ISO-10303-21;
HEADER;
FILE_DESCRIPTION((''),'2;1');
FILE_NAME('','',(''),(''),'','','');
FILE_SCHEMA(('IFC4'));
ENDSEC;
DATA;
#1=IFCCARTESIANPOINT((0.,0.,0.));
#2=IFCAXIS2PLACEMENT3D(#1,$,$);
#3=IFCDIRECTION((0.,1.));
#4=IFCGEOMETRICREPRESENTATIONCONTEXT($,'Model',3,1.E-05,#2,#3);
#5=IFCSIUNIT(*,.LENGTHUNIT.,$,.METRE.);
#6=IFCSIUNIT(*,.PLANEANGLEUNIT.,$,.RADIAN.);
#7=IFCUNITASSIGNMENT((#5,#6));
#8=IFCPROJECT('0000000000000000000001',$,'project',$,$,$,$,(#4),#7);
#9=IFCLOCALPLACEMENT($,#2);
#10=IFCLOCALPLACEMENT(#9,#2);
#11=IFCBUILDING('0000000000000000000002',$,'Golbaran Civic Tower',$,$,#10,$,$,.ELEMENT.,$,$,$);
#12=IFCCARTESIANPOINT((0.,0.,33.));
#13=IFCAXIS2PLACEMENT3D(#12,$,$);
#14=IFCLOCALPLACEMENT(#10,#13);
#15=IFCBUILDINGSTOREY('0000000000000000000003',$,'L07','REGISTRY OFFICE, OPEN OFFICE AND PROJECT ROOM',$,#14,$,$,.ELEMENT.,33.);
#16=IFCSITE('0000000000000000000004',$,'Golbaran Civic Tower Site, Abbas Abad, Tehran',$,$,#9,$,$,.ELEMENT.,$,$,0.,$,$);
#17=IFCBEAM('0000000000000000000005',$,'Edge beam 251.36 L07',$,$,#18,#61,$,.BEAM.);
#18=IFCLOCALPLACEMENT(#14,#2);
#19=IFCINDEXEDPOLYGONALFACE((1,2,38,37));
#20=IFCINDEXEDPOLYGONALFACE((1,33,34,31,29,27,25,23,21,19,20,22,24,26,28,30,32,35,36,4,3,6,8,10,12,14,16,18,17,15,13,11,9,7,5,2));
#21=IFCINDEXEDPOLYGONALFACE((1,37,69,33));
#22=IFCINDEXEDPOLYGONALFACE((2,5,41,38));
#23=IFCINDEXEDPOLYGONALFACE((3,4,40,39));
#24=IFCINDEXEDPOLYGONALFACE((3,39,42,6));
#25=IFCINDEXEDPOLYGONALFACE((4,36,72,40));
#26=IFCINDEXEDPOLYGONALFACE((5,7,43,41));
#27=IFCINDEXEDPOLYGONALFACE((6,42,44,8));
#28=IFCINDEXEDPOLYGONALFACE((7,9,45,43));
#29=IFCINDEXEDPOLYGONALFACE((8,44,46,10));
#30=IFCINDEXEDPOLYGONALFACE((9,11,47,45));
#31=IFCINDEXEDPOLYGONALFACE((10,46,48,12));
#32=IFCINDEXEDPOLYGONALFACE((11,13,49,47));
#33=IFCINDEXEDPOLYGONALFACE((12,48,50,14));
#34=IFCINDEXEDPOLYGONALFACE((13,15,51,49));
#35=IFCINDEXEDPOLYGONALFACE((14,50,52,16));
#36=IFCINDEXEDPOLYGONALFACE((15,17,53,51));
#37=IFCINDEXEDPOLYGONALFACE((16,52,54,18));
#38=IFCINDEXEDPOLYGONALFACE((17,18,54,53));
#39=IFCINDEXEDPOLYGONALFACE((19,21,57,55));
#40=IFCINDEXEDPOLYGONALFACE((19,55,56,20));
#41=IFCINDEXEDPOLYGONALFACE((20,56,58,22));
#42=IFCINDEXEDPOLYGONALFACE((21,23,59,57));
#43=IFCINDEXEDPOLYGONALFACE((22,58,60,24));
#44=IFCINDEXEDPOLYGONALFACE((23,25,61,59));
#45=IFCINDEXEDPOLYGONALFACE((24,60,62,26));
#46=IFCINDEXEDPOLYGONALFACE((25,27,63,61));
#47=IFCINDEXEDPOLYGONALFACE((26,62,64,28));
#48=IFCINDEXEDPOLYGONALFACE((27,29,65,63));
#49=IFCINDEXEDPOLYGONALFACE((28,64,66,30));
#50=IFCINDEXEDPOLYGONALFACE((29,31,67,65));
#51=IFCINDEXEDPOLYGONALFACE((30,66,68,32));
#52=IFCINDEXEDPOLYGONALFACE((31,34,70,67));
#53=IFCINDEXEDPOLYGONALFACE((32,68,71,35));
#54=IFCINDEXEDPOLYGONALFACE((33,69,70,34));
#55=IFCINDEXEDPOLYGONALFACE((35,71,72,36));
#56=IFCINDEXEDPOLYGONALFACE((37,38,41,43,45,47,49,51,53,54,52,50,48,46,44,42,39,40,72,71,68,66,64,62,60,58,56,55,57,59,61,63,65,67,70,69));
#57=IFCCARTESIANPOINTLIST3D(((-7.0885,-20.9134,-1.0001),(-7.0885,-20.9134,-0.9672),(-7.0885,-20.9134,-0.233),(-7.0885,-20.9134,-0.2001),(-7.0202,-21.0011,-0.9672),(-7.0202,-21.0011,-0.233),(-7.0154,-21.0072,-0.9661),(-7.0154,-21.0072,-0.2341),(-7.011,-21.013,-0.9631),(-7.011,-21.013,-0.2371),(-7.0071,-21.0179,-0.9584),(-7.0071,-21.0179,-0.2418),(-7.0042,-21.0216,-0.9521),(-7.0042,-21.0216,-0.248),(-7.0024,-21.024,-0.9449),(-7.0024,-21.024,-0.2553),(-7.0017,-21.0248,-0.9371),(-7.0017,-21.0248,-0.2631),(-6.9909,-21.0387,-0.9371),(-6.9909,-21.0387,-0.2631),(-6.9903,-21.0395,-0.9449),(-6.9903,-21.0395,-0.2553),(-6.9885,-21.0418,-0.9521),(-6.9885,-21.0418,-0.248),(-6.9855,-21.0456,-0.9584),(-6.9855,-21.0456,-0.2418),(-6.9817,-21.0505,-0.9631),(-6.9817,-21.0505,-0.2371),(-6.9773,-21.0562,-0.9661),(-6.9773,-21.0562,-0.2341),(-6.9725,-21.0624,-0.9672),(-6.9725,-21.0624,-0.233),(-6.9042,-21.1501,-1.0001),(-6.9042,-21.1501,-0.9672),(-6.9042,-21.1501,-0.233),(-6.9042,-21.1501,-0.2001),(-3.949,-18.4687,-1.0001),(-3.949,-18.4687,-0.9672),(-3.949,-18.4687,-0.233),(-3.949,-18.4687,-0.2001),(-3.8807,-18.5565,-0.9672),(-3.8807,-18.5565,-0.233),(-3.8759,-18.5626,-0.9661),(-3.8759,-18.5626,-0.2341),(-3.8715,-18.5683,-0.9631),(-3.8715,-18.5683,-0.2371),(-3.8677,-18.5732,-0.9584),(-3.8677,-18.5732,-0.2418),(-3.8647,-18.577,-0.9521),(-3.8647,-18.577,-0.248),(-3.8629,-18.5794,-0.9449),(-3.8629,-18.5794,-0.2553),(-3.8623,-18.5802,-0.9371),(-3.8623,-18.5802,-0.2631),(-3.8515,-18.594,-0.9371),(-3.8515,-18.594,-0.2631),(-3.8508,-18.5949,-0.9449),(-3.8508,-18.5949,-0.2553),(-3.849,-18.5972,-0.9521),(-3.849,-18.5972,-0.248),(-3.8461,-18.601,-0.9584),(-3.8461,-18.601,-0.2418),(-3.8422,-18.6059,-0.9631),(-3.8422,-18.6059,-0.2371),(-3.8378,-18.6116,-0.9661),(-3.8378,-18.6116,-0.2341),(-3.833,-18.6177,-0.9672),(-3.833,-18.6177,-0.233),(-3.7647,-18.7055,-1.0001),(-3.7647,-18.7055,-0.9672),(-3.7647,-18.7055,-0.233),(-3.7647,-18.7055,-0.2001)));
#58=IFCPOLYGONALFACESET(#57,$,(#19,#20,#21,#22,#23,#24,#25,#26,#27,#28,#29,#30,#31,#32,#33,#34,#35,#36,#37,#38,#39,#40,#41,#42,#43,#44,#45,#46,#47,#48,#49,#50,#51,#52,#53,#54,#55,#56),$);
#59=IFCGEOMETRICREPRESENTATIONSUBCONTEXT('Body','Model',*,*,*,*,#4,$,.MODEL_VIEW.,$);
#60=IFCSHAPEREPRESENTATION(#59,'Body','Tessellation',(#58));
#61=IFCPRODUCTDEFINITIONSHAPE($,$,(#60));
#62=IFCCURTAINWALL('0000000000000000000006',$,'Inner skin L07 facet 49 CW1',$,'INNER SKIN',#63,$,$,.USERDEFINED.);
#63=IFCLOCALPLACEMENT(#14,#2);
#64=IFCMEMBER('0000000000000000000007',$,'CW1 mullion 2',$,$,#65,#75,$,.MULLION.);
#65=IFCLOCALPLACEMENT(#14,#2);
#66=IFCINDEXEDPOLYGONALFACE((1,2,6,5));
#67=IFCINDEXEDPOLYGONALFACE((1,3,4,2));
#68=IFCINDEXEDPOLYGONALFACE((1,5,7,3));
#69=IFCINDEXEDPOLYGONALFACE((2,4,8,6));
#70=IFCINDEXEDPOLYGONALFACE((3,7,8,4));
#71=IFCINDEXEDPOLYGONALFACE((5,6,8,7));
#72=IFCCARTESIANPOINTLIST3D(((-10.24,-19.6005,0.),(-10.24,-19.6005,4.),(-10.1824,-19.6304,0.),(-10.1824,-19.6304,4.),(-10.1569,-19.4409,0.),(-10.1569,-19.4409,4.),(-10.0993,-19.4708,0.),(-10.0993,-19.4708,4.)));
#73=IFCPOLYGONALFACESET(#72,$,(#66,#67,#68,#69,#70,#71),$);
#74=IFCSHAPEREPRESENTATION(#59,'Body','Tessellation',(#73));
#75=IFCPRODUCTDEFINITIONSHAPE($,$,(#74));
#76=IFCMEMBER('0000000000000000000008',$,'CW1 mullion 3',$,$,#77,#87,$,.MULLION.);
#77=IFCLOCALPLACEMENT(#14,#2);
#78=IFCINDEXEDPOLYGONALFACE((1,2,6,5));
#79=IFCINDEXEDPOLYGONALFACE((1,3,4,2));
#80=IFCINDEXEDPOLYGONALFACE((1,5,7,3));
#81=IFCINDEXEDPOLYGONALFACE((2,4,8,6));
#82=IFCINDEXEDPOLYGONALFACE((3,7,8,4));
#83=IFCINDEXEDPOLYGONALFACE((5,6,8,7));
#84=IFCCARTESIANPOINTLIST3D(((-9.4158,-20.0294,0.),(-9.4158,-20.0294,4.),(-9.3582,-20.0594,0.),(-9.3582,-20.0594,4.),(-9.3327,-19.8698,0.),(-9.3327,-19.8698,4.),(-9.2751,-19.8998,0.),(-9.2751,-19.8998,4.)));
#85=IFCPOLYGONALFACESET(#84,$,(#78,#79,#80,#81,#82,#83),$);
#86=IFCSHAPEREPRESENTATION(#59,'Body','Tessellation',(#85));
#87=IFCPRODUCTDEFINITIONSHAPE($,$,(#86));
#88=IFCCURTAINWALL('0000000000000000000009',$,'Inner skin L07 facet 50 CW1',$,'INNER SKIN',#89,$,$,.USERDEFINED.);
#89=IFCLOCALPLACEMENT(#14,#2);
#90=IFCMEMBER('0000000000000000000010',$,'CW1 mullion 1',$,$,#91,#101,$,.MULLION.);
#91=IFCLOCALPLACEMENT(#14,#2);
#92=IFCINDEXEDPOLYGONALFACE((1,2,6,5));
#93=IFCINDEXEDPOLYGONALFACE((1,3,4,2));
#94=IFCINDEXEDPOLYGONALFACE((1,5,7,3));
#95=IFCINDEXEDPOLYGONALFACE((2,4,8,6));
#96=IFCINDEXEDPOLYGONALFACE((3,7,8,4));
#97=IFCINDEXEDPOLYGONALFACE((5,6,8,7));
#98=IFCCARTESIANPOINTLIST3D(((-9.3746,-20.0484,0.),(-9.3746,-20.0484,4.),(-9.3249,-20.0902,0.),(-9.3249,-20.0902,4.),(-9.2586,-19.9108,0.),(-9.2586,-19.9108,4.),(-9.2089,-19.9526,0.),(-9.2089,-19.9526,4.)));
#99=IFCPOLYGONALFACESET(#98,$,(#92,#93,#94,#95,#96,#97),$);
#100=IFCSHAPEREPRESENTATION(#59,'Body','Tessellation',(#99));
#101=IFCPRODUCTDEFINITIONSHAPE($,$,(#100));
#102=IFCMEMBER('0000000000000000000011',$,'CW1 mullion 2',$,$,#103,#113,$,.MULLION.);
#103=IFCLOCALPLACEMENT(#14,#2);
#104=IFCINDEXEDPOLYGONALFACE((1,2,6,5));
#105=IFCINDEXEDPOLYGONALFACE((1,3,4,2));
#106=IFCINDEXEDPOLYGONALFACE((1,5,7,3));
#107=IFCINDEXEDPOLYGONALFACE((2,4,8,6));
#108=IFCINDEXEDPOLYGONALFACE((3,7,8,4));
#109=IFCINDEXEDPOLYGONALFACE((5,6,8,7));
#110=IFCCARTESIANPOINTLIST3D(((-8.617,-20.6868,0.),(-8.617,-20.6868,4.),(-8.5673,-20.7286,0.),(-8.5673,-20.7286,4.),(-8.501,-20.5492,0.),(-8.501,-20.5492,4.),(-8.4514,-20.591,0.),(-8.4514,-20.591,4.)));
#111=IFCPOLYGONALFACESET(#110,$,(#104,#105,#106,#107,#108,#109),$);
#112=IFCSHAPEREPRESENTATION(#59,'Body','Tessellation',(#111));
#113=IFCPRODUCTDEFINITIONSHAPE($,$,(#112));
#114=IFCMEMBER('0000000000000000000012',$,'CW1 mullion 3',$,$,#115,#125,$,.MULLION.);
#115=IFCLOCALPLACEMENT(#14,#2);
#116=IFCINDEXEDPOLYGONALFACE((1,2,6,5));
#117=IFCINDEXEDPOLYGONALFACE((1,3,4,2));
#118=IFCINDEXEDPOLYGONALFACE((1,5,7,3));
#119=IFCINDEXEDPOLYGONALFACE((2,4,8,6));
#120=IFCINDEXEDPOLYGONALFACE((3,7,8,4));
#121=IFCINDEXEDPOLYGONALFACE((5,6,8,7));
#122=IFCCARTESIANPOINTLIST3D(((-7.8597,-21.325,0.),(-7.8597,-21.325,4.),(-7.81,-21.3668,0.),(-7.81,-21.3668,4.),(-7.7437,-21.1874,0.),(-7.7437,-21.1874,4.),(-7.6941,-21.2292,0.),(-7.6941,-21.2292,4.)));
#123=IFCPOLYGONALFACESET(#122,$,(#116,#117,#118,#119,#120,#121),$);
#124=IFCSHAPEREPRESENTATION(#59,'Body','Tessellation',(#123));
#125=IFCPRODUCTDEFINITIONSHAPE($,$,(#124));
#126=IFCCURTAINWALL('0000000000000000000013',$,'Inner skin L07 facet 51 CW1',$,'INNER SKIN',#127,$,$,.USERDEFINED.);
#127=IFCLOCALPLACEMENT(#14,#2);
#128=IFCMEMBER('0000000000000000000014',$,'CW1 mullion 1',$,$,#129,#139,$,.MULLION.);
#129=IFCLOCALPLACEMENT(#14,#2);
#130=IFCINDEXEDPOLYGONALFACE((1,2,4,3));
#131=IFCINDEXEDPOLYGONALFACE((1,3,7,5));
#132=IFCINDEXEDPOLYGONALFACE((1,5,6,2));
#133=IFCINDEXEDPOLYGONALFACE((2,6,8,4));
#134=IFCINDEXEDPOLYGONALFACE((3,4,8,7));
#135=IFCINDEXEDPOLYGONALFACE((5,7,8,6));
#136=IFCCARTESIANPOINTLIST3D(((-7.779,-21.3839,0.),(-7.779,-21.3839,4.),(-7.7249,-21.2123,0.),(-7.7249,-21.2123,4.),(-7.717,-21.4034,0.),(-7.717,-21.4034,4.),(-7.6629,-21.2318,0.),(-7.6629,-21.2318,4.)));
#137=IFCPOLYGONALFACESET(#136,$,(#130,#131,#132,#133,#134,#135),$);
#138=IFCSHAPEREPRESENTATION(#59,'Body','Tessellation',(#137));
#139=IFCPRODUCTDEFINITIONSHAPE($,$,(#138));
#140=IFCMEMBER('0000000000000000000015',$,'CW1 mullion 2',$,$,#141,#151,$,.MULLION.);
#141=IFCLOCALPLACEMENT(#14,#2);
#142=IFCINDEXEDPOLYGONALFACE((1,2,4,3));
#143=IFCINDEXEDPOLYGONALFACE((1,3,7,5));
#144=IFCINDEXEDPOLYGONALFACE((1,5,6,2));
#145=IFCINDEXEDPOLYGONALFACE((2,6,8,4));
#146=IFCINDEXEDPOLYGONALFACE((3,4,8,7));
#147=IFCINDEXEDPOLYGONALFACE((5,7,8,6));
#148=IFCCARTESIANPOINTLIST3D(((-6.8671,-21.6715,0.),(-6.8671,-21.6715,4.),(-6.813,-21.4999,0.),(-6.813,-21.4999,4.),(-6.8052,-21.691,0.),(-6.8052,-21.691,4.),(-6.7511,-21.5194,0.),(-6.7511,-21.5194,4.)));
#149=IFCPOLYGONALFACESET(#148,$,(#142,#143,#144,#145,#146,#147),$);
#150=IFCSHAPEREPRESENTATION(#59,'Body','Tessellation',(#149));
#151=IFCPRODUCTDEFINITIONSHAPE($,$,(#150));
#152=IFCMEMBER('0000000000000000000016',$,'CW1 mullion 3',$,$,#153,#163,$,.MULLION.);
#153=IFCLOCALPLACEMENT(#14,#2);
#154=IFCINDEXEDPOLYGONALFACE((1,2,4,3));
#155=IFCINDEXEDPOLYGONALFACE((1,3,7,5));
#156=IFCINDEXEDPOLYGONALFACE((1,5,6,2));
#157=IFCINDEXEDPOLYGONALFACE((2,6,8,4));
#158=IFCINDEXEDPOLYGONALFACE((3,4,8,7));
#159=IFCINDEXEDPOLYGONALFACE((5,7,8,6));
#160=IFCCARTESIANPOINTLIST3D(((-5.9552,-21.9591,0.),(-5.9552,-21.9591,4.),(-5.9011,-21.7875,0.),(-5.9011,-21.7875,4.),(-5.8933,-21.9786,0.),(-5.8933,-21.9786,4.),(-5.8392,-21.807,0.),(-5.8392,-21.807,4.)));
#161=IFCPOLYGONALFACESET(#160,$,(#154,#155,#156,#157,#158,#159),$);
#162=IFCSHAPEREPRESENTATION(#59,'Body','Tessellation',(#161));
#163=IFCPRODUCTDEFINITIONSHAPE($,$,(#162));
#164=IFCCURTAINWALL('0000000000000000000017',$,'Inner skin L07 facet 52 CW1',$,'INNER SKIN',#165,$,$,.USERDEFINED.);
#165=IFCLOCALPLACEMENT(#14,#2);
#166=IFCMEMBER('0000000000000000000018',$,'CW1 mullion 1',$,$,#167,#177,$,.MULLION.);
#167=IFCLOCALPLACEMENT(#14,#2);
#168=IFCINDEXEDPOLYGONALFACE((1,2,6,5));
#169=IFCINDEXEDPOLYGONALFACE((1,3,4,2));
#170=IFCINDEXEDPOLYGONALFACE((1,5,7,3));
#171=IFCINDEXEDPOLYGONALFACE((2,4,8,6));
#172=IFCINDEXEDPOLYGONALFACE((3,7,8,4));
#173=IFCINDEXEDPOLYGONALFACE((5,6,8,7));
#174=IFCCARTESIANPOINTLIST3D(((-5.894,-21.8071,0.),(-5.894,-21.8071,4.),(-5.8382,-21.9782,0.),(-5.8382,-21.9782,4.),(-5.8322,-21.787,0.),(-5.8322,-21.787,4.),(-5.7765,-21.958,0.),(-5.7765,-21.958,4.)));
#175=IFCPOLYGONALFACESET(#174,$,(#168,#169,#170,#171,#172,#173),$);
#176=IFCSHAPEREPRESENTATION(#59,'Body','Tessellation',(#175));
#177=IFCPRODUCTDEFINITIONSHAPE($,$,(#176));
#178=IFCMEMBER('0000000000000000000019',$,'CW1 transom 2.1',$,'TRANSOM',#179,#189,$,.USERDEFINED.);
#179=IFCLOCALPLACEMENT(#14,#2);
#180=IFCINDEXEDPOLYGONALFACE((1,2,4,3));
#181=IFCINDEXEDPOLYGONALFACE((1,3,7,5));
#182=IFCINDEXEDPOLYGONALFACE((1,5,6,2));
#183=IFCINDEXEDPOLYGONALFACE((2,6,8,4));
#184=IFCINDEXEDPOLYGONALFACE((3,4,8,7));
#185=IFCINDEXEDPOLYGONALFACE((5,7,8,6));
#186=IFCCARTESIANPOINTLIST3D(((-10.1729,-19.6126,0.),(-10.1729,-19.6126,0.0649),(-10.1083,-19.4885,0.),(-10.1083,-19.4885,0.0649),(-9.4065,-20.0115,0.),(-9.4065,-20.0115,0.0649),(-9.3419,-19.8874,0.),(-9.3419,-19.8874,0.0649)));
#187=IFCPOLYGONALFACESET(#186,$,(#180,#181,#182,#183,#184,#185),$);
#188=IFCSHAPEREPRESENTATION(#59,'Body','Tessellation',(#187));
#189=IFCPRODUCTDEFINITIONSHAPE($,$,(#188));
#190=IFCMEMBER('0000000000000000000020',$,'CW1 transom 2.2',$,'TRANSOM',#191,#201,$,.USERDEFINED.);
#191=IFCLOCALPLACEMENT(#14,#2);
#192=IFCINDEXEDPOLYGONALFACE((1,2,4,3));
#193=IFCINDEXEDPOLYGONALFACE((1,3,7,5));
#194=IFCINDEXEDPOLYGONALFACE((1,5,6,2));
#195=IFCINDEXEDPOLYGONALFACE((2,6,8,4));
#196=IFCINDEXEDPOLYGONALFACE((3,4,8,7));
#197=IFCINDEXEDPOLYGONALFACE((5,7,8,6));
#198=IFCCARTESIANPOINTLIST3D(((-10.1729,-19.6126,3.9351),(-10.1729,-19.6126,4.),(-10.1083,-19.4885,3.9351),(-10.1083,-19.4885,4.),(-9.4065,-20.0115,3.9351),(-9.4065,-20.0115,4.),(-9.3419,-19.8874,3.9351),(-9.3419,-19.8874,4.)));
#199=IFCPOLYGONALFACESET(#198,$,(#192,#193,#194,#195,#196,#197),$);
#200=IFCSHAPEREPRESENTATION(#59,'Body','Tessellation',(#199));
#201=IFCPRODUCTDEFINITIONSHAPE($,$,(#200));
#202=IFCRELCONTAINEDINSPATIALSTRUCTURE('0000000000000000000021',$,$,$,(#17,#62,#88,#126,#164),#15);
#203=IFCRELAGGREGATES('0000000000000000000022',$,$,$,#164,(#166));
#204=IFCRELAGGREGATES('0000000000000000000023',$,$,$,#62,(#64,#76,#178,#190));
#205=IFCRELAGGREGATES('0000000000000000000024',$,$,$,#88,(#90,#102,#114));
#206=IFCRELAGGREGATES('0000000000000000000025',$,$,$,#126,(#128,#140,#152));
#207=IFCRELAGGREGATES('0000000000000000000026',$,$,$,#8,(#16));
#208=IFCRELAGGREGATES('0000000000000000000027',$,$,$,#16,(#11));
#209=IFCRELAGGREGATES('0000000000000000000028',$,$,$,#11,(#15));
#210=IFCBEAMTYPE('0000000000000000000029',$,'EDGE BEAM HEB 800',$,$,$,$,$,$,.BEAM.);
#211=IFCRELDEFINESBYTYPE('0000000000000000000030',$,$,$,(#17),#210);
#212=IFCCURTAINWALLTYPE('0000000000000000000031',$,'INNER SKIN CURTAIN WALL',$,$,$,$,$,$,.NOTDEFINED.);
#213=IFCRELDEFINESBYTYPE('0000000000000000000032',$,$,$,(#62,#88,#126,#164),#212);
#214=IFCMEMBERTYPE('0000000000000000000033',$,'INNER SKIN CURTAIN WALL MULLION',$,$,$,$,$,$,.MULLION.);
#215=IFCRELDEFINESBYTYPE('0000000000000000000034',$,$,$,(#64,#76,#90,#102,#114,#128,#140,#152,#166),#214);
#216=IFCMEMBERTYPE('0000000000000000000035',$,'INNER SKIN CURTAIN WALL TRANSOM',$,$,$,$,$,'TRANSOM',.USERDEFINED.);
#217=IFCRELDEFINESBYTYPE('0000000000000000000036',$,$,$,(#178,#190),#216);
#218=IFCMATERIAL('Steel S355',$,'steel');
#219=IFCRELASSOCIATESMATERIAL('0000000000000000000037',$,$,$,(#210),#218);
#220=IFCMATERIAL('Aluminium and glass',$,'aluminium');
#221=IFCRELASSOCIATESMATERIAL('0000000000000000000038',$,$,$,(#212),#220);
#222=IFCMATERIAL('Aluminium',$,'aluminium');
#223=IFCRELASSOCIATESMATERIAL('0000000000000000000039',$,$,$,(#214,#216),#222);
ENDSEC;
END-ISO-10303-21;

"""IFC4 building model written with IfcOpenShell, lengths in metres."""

from ifc_helpers import new_model, si_unit, direction, frame, origin, origin_2d, place, context, subcontext, project, spatial, rectangle, i_section, extrude, material, material_profile, profile_set, type_object, element, aggregate, save


model = new_model("IFC4")

# Units and contexts
model_context = context("Model", 3, precision=1e-05, world=origin(), true_north=direction((0.0, 1.0)))
body_context = subcontext(model_context, "Body", "Model", "MODEL_VIEW")
ifc_project = project(units=[si_unit("LENGTHUNIT", "METRE"), si_unit("PLANEANGLEUNIT", "RADIAN")], contexts=[model_context])

# Site, building, storey
site_placement = place(None, origin())
site = spatial("IfcSite", under=ifc_project, at=site_placement, Name="Golbaran Civic Tower Site, Abbas Abad, Tehran", CompositionType="ELEMENT", RefElevation=0.0)
building_placement = place(site_placement, origin())
building = spatial("IfcBuilding", under=site, at=building_placement, Name="Golbaran Civic Tower", CompositionType="ELEMENT")
storey_placement = place(building_placement, frame((0.0, 0.0, 33.0)))
storey = spatial("IfcBuildingStorey", under=building, at=storey_placement, Name="L07", Description="REGISTRY OFFICE, OPEN OFFICE AND PROJECT ROOM", CompositionType="ELEMENT", Elevation=33.0)

# Beam
ifc_material_1 = material(Name="Steel S355", Category="steel")
ifc_material_profile_1 = material_profile(ifc_material_1, i_section(OverallWidth=0.3, OverallDepth=0.8, WebThickness=0.0176, FlangeThickness=0.033, FilletRadius=0.03, at=origin_2d()), Name="HEB 800")
ifc_profile_set_1 = profile_set([ifc_material_profile_1], Name="Steel S355")
beam_type = type_object("IfcBeamType", Name="EDGE BEAM HEB 800", PredefinedType="BEAM", material=ifc_profile_set_1)
beam_placement = place(storey_placement, frame((-6.9963, -21.0317, -0.6001), z_axis=(0.789008, 0.614382, 0.0), x_axis=(-0.614382, 0.789008, 0.0)))
element("IfcBeam", 1, at=beam_placement, inside=storey, type_object=beam_type, Name="Edge beam 251.36 L07", PredefinedType="BEAM", context=body_context, shape_type="SweptSolid", body=[
    extrude(i_section(OverallWidth=0.3, OverallDepth=0.8, WebThickness=0.0176, FlangeThickness=0.033, FilletRadius=0.03, at=origin_2d()), origin(), (0.0, 0.0, 1.0), 3.979),
])

# Curtain walls, members
ifc_material_2 = material(Name="Aluminium and glass", Category="aluminium")
curtain_wall_type = type_object("IfcCurtainWallType", Name="INNER SKIN CURTAIN WALL", PredefinedType="NOTDEFINED", material=ifc_material_2)
curtain_wall_1_placement = place(storey_placement, origin())
curtain_wall_1 = element("IfcCurtainWall", 2, at=curtain_wall_1_placement, inside=storey, type_object=curtain_wall_type, Name="Inner skin L07 facet 49 CW1", ObjectType="INNER SKIN", PredefinedType="USERDEFINED")
ifc_material_3 = material(Name="Aluminium", Category="aluminium")
ifc_material_profile_2 = material_profile(ifc_material_3, rectangle(XDim=0.1799, YDim=0.0649, at=origin_2d()), Name="INNER SKIN CURTAIN WALL MULLION")
ifc_profile_set_2 = profile_set([ifc_material_profile_2], Name="Aluminium")
member_type_1 = type_object("IfcMemberType", Name="INNER SKIN CURTAIN WALL MULLION", PredefinedType="MULLION", material=ifc_profile_set_2)
member_1_placement = place(storey_placement, frame((-10.1697, -19.5356, 0.0), z_axis=(0.0, 0.0, 1.0), x_axis=(0.461749, 0.887011, 0.0)))
member_1 = element("IfcMember", 3, at=member_1_placement, type_object=member_type_1, Name="CW1 mullion 2", PredefinedType="MULLION", context=body_context, shape_type="SweptSolid", body=[
    extrude(rectangle(XDim=0.1799, YDim=0.0649, at=origin_2d()), origin(), (0.0, 0.0, 1.0), 4.0),
])
member_2_placement = place(storey_placement, frame((-9.3455, -19.9646, 0.0), z_axis=(0.0, 0.0, 1.0), x_axis=(0.461749, 0.887011, 0.0)))
member_2 = element("IfcMember", 4, at=member_2_placement, type_object=member_type_1, Name="CW1 mullion 3", PredefinedType="MULLION", context=body_context, shape_type="SweptSolid", body=[
    extrude(rectangle(XDim=0.1799, YDim=0.0649, at=origin_2d()), origin(), (0.0, 0.0, 1.0), 4.0),
])
curtain_wall_2_placement = place(storey_placement, origin())
curtain_wall_2 = element("IfcCurtainWall", 5, at=curtain_wall_2_placement, inside=storey, type_object=curtain_wall_type, Name="Inner skin L07 facet 50 CW1", ObjectType="INNER SKIN", PredefinedType="USERDEFINED")
member_3_placement = place(storey_placement, frame((-9.2917, -20.0005, 0.0), z_axis=(0.0, 0.0, 1.0), x_axis=(0.644395, 0.764692, 0.0)))
member_3 = element("IfcMember", 6, at=member_3_placement, type_object=member_type_1, Name="CW1 mullion 1", PredefinedType="MULLION", context=body_context, shape_type="SweptSolid", body=[
    extrude(rectangle(XDim=0.1799, YDim=0.0649, at=origin_2d()), origin(), (0.0, 0.0, 1.0), 4.0),
])
member_4_placement = place(storey_placement, frame((-8.5342, -20.6389, 0.0), z_axis=(0.0, 0.0, 1.0), x_axis=(0.644395, 0.764692, 0.0)))
member_4 = element("IfcMember", 7, at=member_4_placement, type_object=member_type_1, Name="CW1 mullion 2", PredefinedType="MULLION", context=body_context, shape_type="SweptSolid", body=[
    extrude(rectangle(XDim=0.1799, YDim=0.0649, at=origin_2d()), origin(), (0.0, 0.0, 1.0), 4.0),
])
member_5_placement = place(storey_placement, frame((-7.7769, -21.2771, 0.0), z_axis=(0.0, 0.0, 1.0), x_axis=(0.644395, 0.764692, 0.0)))
member_5 = element("IfcMember", 8, at=member_5_placement, type_object=member_type_1, Name="CW1 mullion 3", PredefinedType="MULLION", context=body_context, shape_type="SweptSolid", body=[
    extrude(rectangle(XDim=0.1799, YDim=0.0649, at=origin_2d()), origin(), (0.0, 0.0, 1.0), 4.0),
])
curtain_wall_3_placement = place(storey_placement, origin())
curtain_wall_3 = element("IfcCurtainWall", 9, at=curtain_wall_3_placement, inside=storey, type_object=curtain_wall_type, Name="Inner skin L07 facet 51 CW1", ObjectType="INNER SKIN", PredefinedType="USERDEFINED")
member_6_placement = place(storey_placement, frame((-7.7209, -21.3079, 0.0), z_axis=(0.0, 0.0, 1.0), x_axis=(0.300706, 0.953717, 0.0)))
member_6 = element("IfcMember", 10, at=member_6_placement, type_object=member_type_1, Name="CW1 mullion 1", PredefinedType="MULLION", context=body_context, shape_type="SweptSolid", body=[
    extrude(rectangle(XDim=0.1799, YDim=0.0649, at=origin_2d()), origin(), (0.0, 0.0, 1.0), 4.0),
])
member_7_placement = place(storey_placement, frame((-6.8091, -21.5955, 0.0), z_axis=(0.0, 0.0, 1.0), x_axis=(0.300706, 0.953717, 0.0)))
member_7 = element("IfcMember", 11, at=member_7_placement, type_object=member_type_1, Name="CW1 mullion 2", PredefinedType="MULLION", context=body_context, shape_type="SweptSolid", body=[
    extrude(rectangle(XDim=0.1799, YDim=0.0649, at=origin_2d()), origin(), (0.0, 0.0, 1.0), 4.0),
])
member_8_placement = place(storey_placement, frame((-5.8972, -21.8831, 0.0), z_axis=(0.0, 0.0, 1.0), x_axis=(0.300706, 0.953717, 0.0)))
member_8 = element("IfcMember", 12, at=member_8_placement, type_object=member_type_1, Name="CW1 mullion 3", PredefinedType="MULLION", context=body_context, shape_type="SweptSolid", body=[
    extrude(rectangle(XDim=0.1799, YDim=0.0649, at=origin_2d()), origin(), (0.0, 0.0, 1.0), 4.0),
])

# Curtain wall, member
curtain_wall_4_placement = place(storey_placement, origin())
curtain_wall_4 = element("IfcCurtainWall", 13, at=curtain_wall_4_placement, inside=storey, type_object=curtain_wall_type, Name="Inner skin L07 facet 52 CW1", ObjectType="INNER SKIN", PredefinedType="USERDEFINED")
member_9_placement = place(storey_placement, frame((-5.8352, -21.8826, 0.0), z_axis=(0.0, 0.0, 1.0), x_axis=(-0.309925, 0.950761, 0.0)))
member_9 = element("IfcMember", 14, at=member_9_placement, type_object=member_type_1, Name="CW1 mullion 1", PredefinedType="MULLION", context=body_context, shape_type="SweptSolid", body=[
    extrude(rectangle(XDim=0.1799, YDim=0.0649, at=origin_2d()), origin(), (0.0, 0.0, 1.0), 4.0),
])

# Members
ifc_material_profile_3 = material_profile(ifc_material_3, rectangle(XDim=0.1399, YDim=0.0649, at=origin_2d()), Name="INNER SKIN CURTAIN WALL TRANSOM")
ifc_profile_set_3 = profile_set([ifc_material_profile_3], Name="Aluminium")
member_type_2 = type_object("IfcMemberType", Name="INNER SKIN CURTAIN WALL TRANSOM", ElementType="TRANSOM", PredefinedType="USERDEFINED", material=ifc_profile_set_3)
member_10_placement = place(storey_placement, frame((-10.1406, -19.5505, 0.0325), z_axis=(0.887018, -0.461735, 0.0), x_axis=(0.461735, 0.887018, 0.0)))
member_10 = element("IfcMember", 15, at=member_10_placement, type_object=member_type_2, Name="CW1 transom 2.1", ObjectType="TRANSOM", PredefinedType="USERDEFINED", context=body_context, shape_type="SweptSolid", body=[
    extrude(rectangle(XDim=0.1399, YDim=0.0649, at=origin_2d()), origin(), (0.0, 0.0, 1.0), 0.864),
])
member_11_placement = place(storey_placement, frame((-10.1406, -19.5505, 3.9675), z_axis=(0.887018, -0.461735, 0.0), x_axis=(0.461735, 0.887018, 0.0)))
member_11 = element("IfcMember", 16, at=member_11_placement, type_object=member_type_2, Name="CW1 transom 2.2", ObjectType="TRANSOM", PredefinedType="USERDEFINED", context=body_context, shape_type="SweptSolid", body=[
    extrude(rectangle(XDim=0.1399, YDim=0.0649, at=origin_2d()), origin(), (0.0, 0.0, 1.0), 0.864),
])
aggregate(curtain_wall_4, [member_9])

aggregate(curtain_wall_1, [member_1, member_2, member_10, member_11])
aggregate(curtain_wall_2, [member_3, member_4, member_5])
aggregate(curtain_wall_3, [member_6, member_7, member_8])

save(model, "model.ifc")
